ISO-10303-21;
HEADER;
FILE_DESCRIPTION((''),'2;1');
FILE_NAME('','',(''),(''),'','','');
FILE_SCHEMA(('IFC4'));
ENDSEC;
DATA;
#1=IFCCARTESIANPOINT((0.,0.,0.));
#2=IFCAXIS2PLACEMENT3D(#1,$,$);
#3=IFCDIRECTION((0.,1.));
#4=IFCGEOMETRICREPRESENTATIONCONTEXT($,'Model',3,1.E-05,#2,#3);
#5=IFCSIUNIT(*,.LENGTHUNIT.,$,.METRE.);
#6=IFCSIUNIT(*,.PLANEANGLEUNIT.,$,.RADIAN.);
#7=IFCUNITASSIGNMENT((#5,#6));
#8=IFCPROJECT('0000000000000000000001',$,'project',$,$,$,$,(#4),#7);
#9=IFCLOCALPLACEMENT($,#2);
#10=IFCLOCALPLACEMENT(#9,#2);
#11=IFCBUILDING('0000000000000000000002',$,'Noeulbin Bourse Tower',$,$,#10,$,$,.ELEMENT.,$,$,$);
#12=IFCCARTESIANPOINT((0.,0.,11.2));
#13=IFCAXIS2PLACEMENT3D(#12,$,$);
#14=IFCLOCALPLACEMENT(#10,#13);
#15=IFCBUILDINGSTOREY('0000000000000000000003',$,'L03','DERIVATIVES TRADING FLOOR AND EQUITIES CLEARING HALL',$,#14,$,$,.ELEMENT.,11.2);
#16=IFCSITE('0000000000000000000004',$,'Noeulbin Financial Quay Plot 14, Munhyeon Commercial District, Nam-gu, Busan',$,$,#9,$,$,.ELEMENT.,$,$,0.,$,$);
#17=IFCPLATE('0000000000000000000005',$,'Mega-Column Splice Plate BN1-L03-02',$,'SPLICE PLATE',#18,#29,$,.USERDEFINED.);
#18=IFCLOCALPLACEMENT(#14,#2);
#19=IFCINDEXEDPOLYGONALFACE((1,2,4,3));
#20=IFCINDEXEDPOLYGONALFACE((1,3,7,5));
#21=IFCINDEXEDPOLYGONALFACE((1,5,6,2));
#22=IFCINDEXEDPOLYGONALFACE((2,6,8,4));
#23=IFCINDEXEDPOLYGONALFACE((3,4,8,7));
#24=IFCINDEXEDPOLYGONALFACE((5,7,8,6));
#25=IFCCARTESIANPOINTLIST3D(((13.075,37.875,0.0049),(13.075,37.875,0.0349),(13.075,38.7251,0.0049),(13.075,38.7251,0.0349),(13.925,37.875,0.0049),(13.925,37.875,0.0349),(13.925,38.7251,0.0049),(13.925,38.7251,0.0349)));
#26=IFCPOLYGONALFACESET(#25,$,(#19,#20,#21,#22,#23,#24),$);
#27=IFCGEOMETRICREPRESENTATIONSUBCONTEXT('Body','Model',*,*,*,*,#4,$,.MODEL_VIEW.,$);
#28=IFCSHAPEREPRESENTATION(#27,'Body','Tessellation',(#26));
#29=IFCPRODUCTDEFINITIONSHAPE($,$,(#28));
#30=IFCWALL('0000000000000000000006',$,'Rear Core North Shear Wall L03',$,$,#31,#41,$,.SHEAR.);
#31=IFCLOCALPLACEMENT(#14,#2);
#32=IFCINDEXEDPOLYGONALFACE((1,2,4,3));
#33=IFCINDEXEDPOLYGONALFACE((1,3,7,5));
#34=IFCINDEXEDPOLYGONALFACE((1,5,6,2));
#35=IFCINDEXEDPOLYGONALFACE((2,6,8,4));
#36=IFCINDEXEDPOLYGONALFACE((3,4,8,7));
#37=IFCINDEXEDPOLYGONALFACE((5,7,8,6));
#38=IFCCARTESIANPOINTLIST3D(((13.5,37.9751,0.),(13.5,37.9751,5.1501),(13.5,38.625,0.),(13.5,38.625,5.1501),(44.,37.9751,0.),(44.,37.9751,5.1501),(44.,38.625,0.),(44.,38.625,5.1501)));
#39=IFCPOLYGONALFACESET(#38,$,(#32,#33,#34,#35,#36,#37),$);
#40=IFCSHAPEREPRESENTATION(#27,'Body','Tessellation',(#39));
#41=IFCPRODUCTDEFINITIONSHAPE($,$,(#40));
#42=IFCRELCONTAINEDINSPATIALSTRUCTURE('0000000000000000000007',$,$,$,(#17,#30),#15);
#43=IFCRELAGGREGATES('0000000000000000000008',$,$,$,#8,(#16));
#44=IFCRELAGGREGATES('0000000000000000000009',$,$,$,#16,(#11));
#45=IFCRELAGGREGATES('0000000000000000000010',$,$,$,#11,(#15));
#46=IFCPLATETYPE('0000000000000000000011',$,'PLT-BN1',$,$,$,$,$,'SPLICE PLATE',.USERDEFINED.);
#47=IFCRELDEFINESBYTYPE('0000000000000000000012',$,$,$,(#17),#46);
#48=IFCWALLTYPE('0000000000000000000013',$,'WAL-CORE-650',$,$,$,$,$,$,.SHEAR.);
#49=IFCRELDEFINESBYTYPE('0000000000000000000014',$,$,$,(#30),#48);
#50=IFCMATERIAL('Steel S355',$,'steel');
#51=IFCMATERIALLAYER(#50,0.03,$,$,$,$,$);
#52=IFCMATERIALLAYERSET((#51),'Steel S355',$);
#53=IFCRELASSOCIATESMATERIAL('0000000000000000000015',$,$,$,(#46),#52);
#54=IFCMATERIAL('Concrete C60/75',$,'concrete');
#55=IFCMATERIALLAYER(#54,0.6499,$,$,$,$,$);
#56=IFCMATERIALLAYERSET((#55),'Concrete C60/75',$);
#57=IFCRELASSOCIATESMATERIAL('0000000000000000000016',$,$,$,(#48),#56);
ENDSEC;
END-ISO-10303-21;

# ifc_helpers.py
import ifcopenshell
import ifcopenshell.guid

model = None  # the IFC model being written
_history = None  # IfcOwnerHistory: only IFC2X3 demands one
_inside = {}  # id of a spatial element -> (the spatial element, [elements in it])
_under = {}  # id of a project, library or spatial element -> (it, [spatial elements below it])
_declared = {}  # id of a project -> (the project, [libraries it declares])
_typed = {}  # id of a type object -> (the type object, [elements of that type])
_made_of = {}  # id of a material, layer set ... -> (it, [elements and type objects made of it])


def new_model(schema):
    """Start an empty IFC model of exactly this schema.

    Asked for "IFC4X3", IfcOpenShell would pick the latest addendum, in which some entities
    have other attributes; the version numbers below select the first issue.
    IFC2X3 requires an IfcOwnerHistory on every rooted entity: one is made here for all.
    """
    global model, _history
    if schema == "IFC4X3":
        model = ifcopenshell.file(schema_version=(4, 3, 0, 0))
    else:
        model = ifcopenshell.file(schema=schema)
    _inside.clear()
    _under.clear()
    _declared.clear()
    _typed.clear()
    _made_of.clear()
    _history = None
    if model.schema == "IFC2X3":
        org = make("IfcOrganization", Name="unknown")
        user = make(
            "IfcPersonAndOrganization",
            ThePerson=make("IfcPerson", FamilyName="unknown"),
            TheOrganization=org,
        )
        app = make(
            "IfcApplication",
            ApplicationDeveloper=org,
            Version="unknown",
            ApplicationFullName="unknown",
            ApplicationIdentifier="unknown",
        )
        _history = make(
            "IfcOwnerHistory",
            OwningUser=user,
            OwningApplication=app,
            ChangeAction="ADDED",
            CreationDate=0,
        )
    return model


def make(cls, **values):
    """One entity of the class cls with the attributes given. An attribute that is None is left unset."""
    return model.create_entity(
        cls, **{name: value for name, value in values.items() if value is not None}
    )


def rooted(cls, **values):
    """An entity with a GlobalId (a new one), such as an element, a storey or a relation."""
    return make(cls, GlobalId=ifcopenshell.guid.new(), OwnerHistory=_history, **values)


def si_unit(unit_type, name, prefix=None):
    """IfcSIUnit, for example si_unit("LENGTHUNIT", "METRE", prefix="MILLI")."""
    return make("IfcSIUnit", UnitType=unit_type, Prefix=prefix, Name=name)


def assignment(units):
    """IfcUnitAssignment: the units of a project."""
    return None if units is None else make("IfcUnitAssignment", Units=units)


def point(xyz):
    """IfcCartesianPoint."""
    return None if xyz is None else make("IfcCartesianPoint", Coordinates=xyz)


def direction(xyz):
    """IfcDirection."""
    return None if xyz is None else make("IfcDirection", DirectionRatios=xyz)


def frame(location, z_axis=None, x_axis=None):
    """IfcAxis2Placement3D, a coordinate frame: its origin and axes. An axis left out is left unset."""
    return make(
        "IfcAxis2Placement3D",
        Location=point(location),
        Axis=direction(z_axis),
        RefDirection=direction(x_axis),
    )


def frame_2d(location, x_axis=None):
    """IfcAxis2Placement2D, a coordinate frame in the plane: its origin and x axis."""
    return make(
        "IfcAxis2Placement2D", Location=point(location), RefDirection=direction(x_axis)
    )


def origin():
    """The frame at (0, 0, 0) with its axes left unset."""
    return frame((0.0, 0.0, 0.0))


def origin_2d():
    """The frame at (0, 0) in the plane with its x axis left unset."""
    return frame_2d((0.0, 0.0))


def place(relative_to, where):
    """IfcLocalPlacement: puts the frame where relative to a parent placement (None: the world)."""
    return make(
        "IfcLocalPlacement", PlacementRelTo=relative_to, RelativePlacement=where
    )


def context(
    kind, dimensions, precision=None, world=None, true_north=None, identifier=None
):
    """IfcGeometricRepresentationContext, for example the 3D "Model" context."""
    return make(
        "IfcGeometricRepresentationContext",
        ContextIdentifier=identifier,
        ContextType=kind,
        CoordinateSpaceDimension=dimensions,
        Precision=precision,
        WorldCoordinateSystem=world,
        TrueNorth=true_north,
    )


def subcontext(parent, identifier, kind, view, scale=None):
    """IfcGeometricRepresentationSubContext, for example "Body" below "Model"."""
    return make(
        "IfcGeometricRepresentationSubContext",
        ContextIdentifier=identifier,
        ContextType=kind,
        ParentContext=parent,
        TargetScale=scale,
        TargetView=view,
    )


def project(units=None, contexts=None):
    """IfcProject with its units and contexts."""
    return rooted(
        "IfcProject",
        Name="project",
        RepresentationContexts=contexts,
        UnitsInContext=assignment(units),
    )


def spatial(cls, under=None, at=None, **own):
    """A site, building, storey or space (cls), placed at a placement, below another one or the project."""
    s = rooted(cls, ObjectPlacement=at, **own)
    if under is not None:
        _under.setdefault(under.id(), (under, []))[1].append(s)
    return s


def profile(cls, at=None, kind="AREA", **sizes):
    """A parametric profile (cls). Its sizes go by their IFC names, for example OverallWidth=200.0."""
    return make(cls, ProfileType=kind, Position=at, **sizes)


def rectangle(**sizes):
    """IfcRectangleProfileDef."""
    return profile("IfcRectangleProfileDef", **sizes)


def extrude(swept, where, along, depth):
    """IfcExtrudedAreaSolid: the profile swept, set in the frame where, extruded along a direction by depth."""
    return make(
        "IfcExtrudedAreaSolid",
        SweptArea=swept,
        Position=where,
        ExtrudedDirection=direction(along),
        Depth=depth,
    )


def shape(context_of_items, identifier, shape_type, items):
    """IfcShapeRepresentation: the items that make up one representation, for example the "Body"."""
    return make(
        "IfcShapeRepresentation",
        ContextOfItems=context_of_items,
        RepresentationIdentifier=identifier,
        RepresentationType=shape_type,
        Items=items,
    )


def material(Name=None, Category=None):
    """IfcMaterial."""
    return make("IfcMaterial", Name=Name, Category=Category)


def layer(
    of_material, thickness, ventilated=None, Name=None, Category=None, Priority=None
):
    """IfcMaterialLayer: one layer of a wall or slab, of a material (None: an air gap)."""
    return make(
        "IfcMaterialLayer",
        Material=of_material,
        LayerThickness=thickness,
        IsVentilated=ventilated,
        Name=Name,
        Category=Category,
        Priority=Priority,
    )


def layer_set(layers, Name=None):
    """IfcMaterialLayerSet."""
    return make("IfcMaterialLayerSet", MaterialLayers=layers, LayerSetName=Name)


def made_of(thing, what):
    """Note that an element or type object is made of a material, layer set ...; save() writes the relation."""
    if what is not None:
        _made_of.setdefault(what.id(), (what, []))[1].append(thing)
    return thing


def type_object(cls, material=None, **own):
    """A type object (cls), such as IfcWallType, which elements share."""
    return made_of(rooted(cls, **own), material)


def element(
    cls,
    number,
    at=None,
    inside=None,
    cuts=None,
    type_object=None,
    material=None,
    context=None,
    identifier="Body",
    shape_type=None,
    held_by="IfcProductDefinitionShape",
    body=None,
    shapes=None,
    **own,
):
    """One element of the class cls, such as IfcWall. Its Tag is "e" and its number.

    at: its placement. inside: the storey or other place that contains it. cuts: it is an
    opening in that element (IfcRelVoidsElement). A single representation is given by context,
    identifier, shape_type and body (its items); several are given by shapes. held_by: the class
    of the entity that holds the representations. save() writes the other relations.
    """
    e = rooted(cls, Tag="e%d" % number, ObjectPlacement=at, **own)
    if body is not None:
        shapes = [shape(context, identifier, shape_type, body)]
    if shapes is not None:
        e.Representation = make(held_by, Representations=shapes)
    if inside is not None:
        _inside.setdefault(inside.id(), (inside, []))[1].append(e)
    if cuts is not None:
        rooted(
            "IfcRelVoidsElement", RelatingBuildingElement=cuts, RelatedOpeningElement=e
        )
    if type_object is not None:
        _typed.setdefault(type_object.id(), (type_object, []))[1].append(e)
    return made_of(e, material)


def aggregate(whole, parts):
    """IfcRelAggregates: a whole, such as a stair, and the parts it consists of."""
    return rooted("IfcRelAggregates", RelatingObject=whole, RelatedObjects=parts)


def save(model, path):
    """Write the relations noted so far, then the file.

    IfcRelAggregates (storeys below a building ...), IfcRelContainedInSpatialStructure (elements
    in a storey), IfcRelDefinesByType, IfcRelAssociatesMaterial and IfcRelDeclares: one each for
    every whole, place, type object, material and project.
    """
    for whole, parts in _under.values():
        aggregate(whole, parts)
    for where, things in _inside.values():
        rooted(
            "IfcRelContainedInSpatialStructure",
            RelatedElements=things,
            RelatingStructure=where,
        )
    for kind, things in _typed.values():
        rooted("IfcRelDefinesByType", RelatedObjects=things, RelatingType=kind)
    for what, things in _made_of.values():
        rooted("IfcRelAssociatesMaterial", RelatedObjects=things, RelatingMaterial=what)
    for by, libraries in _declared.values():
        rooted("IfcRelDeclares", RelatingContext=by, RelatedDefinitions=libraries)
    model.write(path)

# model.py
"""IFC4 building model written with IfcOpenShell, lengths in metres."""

from ifc_helpers import new_model, si_unit, direction, frame, frame_2d, origin, origin_2d, place, context, subcontext, project, spatial, rectangle, extrude, material, layer, layer_set, type_object, element, save


model = new_model("IFC4")

# Units and contexts
model_context = context("Model", 3, precision=1e-05, world=origin(), true_north=direction((0.0, 1.0)))
body_context = subcontext(model_context, "Body", "Model", "MODEL_VIEW")
ifc_project = project(units=[si_unit("LENGTHUNIT", "METRE"), si_unit("PLANEANGLEUNIT", "RADIAN")], contexts=[model_context])

# Site, building, storey
site_placement = place(None, origin())
site = spatial("IfcSite", under=ifc_project, at=site_placement, Name="Noeulbin Financial Quay Plot 14, Munhyeon Commercial District, Nam-gu, Busan", CompositionType="ELEMENT", RefElevation=0.0)
building_placement = place(site_placement, origin())
building = spatial("IfcBuilding", under=site, at=building_placement, Name="Noeulbin Bourse Tower", CompositionType="ELEMENT")
storey_placement = place(building_placement, frame((0.0, 0.0, 11.2)))
storey = spatial("IfcBuildingStorey", under=building, at=storey_placement, Name="L03", Description="DERIVATIVES TRADING FLOOR AND EQUITIES CLEARING HALL", CompositionType="ELEMENT", Elevation=11.2)

# Shared definitions
ifc_material_1 = material(Name="Concrete C60/75", Category="concrete")

# Shared definitions
ifc_material_2 = material(Name="Steel S355", Category="steel")

# Plate
ifc_layer_1 = layer(ifc_material_2, 0.03)
ifc_layer_set_1 = layer_set([ifc_layer_1], Name="Steel S355")
plate_type = type_object("IfcPlateType", Name="PLT-BN1", ElementType="SPLICE PLATE", PredefinedType="USERDEFINED", material=ifc_layer_set_1)
plate_placement = place(storey_placement, frame((13.5, 38.3, 0.0049), z_axis=(0.0, 0.0, 1.0), x_axis=(1.0, 0.0, 0.0)))
element("IfcPlate", 1, at=plate_placement, inside=storey, type_object=plate_type, Name="Mega-Column Splice Plate BN1-L03-02", ObjectType="SPLICE PLATE", PredefinedType="USERDEFINED", context=body_context, shape_type="SweptSolid", body=[
    extrude(rectangle(XDim=0.8501, YDim=0.8501, at=origin_2d()), origin(), (0.0, 0.0, 1.0), 0.03),
])

# Wall
ifc_layer_2 = layer(ifc_material_1, 0.6499)
ifc_layer_set_2 = layer_set([ifc_layer_2], Name="Concrete C60/75")
wall_type = type_object("IfcWallType", Name="WAL-CORE-650", PredefinedType="SHEAR", material=ifc_layer_set_2)
wall_placement = place(storey_placement, frame((13.5, 38.3, 0.0), z_axis=(0.0, 0.0, 1.0), x_axis=(1.0, 0.0, 0.0)))
element("IfcWall", 2, at=wall_placement, inside=storey, type_object=wall_type, Name="Rear Core North Shear Wall L03", PredefinedType="SHEAR", context=body_context, shape_type="SweptSolid", body=[
    extrude(rectangle(XDim=30.5, YDim=0.6499, at=frame_2d((15.25, 0.0))), origin(), (0.0, 0.0, 1.0), 5.1501),
])

save(model, "model.ifc")
